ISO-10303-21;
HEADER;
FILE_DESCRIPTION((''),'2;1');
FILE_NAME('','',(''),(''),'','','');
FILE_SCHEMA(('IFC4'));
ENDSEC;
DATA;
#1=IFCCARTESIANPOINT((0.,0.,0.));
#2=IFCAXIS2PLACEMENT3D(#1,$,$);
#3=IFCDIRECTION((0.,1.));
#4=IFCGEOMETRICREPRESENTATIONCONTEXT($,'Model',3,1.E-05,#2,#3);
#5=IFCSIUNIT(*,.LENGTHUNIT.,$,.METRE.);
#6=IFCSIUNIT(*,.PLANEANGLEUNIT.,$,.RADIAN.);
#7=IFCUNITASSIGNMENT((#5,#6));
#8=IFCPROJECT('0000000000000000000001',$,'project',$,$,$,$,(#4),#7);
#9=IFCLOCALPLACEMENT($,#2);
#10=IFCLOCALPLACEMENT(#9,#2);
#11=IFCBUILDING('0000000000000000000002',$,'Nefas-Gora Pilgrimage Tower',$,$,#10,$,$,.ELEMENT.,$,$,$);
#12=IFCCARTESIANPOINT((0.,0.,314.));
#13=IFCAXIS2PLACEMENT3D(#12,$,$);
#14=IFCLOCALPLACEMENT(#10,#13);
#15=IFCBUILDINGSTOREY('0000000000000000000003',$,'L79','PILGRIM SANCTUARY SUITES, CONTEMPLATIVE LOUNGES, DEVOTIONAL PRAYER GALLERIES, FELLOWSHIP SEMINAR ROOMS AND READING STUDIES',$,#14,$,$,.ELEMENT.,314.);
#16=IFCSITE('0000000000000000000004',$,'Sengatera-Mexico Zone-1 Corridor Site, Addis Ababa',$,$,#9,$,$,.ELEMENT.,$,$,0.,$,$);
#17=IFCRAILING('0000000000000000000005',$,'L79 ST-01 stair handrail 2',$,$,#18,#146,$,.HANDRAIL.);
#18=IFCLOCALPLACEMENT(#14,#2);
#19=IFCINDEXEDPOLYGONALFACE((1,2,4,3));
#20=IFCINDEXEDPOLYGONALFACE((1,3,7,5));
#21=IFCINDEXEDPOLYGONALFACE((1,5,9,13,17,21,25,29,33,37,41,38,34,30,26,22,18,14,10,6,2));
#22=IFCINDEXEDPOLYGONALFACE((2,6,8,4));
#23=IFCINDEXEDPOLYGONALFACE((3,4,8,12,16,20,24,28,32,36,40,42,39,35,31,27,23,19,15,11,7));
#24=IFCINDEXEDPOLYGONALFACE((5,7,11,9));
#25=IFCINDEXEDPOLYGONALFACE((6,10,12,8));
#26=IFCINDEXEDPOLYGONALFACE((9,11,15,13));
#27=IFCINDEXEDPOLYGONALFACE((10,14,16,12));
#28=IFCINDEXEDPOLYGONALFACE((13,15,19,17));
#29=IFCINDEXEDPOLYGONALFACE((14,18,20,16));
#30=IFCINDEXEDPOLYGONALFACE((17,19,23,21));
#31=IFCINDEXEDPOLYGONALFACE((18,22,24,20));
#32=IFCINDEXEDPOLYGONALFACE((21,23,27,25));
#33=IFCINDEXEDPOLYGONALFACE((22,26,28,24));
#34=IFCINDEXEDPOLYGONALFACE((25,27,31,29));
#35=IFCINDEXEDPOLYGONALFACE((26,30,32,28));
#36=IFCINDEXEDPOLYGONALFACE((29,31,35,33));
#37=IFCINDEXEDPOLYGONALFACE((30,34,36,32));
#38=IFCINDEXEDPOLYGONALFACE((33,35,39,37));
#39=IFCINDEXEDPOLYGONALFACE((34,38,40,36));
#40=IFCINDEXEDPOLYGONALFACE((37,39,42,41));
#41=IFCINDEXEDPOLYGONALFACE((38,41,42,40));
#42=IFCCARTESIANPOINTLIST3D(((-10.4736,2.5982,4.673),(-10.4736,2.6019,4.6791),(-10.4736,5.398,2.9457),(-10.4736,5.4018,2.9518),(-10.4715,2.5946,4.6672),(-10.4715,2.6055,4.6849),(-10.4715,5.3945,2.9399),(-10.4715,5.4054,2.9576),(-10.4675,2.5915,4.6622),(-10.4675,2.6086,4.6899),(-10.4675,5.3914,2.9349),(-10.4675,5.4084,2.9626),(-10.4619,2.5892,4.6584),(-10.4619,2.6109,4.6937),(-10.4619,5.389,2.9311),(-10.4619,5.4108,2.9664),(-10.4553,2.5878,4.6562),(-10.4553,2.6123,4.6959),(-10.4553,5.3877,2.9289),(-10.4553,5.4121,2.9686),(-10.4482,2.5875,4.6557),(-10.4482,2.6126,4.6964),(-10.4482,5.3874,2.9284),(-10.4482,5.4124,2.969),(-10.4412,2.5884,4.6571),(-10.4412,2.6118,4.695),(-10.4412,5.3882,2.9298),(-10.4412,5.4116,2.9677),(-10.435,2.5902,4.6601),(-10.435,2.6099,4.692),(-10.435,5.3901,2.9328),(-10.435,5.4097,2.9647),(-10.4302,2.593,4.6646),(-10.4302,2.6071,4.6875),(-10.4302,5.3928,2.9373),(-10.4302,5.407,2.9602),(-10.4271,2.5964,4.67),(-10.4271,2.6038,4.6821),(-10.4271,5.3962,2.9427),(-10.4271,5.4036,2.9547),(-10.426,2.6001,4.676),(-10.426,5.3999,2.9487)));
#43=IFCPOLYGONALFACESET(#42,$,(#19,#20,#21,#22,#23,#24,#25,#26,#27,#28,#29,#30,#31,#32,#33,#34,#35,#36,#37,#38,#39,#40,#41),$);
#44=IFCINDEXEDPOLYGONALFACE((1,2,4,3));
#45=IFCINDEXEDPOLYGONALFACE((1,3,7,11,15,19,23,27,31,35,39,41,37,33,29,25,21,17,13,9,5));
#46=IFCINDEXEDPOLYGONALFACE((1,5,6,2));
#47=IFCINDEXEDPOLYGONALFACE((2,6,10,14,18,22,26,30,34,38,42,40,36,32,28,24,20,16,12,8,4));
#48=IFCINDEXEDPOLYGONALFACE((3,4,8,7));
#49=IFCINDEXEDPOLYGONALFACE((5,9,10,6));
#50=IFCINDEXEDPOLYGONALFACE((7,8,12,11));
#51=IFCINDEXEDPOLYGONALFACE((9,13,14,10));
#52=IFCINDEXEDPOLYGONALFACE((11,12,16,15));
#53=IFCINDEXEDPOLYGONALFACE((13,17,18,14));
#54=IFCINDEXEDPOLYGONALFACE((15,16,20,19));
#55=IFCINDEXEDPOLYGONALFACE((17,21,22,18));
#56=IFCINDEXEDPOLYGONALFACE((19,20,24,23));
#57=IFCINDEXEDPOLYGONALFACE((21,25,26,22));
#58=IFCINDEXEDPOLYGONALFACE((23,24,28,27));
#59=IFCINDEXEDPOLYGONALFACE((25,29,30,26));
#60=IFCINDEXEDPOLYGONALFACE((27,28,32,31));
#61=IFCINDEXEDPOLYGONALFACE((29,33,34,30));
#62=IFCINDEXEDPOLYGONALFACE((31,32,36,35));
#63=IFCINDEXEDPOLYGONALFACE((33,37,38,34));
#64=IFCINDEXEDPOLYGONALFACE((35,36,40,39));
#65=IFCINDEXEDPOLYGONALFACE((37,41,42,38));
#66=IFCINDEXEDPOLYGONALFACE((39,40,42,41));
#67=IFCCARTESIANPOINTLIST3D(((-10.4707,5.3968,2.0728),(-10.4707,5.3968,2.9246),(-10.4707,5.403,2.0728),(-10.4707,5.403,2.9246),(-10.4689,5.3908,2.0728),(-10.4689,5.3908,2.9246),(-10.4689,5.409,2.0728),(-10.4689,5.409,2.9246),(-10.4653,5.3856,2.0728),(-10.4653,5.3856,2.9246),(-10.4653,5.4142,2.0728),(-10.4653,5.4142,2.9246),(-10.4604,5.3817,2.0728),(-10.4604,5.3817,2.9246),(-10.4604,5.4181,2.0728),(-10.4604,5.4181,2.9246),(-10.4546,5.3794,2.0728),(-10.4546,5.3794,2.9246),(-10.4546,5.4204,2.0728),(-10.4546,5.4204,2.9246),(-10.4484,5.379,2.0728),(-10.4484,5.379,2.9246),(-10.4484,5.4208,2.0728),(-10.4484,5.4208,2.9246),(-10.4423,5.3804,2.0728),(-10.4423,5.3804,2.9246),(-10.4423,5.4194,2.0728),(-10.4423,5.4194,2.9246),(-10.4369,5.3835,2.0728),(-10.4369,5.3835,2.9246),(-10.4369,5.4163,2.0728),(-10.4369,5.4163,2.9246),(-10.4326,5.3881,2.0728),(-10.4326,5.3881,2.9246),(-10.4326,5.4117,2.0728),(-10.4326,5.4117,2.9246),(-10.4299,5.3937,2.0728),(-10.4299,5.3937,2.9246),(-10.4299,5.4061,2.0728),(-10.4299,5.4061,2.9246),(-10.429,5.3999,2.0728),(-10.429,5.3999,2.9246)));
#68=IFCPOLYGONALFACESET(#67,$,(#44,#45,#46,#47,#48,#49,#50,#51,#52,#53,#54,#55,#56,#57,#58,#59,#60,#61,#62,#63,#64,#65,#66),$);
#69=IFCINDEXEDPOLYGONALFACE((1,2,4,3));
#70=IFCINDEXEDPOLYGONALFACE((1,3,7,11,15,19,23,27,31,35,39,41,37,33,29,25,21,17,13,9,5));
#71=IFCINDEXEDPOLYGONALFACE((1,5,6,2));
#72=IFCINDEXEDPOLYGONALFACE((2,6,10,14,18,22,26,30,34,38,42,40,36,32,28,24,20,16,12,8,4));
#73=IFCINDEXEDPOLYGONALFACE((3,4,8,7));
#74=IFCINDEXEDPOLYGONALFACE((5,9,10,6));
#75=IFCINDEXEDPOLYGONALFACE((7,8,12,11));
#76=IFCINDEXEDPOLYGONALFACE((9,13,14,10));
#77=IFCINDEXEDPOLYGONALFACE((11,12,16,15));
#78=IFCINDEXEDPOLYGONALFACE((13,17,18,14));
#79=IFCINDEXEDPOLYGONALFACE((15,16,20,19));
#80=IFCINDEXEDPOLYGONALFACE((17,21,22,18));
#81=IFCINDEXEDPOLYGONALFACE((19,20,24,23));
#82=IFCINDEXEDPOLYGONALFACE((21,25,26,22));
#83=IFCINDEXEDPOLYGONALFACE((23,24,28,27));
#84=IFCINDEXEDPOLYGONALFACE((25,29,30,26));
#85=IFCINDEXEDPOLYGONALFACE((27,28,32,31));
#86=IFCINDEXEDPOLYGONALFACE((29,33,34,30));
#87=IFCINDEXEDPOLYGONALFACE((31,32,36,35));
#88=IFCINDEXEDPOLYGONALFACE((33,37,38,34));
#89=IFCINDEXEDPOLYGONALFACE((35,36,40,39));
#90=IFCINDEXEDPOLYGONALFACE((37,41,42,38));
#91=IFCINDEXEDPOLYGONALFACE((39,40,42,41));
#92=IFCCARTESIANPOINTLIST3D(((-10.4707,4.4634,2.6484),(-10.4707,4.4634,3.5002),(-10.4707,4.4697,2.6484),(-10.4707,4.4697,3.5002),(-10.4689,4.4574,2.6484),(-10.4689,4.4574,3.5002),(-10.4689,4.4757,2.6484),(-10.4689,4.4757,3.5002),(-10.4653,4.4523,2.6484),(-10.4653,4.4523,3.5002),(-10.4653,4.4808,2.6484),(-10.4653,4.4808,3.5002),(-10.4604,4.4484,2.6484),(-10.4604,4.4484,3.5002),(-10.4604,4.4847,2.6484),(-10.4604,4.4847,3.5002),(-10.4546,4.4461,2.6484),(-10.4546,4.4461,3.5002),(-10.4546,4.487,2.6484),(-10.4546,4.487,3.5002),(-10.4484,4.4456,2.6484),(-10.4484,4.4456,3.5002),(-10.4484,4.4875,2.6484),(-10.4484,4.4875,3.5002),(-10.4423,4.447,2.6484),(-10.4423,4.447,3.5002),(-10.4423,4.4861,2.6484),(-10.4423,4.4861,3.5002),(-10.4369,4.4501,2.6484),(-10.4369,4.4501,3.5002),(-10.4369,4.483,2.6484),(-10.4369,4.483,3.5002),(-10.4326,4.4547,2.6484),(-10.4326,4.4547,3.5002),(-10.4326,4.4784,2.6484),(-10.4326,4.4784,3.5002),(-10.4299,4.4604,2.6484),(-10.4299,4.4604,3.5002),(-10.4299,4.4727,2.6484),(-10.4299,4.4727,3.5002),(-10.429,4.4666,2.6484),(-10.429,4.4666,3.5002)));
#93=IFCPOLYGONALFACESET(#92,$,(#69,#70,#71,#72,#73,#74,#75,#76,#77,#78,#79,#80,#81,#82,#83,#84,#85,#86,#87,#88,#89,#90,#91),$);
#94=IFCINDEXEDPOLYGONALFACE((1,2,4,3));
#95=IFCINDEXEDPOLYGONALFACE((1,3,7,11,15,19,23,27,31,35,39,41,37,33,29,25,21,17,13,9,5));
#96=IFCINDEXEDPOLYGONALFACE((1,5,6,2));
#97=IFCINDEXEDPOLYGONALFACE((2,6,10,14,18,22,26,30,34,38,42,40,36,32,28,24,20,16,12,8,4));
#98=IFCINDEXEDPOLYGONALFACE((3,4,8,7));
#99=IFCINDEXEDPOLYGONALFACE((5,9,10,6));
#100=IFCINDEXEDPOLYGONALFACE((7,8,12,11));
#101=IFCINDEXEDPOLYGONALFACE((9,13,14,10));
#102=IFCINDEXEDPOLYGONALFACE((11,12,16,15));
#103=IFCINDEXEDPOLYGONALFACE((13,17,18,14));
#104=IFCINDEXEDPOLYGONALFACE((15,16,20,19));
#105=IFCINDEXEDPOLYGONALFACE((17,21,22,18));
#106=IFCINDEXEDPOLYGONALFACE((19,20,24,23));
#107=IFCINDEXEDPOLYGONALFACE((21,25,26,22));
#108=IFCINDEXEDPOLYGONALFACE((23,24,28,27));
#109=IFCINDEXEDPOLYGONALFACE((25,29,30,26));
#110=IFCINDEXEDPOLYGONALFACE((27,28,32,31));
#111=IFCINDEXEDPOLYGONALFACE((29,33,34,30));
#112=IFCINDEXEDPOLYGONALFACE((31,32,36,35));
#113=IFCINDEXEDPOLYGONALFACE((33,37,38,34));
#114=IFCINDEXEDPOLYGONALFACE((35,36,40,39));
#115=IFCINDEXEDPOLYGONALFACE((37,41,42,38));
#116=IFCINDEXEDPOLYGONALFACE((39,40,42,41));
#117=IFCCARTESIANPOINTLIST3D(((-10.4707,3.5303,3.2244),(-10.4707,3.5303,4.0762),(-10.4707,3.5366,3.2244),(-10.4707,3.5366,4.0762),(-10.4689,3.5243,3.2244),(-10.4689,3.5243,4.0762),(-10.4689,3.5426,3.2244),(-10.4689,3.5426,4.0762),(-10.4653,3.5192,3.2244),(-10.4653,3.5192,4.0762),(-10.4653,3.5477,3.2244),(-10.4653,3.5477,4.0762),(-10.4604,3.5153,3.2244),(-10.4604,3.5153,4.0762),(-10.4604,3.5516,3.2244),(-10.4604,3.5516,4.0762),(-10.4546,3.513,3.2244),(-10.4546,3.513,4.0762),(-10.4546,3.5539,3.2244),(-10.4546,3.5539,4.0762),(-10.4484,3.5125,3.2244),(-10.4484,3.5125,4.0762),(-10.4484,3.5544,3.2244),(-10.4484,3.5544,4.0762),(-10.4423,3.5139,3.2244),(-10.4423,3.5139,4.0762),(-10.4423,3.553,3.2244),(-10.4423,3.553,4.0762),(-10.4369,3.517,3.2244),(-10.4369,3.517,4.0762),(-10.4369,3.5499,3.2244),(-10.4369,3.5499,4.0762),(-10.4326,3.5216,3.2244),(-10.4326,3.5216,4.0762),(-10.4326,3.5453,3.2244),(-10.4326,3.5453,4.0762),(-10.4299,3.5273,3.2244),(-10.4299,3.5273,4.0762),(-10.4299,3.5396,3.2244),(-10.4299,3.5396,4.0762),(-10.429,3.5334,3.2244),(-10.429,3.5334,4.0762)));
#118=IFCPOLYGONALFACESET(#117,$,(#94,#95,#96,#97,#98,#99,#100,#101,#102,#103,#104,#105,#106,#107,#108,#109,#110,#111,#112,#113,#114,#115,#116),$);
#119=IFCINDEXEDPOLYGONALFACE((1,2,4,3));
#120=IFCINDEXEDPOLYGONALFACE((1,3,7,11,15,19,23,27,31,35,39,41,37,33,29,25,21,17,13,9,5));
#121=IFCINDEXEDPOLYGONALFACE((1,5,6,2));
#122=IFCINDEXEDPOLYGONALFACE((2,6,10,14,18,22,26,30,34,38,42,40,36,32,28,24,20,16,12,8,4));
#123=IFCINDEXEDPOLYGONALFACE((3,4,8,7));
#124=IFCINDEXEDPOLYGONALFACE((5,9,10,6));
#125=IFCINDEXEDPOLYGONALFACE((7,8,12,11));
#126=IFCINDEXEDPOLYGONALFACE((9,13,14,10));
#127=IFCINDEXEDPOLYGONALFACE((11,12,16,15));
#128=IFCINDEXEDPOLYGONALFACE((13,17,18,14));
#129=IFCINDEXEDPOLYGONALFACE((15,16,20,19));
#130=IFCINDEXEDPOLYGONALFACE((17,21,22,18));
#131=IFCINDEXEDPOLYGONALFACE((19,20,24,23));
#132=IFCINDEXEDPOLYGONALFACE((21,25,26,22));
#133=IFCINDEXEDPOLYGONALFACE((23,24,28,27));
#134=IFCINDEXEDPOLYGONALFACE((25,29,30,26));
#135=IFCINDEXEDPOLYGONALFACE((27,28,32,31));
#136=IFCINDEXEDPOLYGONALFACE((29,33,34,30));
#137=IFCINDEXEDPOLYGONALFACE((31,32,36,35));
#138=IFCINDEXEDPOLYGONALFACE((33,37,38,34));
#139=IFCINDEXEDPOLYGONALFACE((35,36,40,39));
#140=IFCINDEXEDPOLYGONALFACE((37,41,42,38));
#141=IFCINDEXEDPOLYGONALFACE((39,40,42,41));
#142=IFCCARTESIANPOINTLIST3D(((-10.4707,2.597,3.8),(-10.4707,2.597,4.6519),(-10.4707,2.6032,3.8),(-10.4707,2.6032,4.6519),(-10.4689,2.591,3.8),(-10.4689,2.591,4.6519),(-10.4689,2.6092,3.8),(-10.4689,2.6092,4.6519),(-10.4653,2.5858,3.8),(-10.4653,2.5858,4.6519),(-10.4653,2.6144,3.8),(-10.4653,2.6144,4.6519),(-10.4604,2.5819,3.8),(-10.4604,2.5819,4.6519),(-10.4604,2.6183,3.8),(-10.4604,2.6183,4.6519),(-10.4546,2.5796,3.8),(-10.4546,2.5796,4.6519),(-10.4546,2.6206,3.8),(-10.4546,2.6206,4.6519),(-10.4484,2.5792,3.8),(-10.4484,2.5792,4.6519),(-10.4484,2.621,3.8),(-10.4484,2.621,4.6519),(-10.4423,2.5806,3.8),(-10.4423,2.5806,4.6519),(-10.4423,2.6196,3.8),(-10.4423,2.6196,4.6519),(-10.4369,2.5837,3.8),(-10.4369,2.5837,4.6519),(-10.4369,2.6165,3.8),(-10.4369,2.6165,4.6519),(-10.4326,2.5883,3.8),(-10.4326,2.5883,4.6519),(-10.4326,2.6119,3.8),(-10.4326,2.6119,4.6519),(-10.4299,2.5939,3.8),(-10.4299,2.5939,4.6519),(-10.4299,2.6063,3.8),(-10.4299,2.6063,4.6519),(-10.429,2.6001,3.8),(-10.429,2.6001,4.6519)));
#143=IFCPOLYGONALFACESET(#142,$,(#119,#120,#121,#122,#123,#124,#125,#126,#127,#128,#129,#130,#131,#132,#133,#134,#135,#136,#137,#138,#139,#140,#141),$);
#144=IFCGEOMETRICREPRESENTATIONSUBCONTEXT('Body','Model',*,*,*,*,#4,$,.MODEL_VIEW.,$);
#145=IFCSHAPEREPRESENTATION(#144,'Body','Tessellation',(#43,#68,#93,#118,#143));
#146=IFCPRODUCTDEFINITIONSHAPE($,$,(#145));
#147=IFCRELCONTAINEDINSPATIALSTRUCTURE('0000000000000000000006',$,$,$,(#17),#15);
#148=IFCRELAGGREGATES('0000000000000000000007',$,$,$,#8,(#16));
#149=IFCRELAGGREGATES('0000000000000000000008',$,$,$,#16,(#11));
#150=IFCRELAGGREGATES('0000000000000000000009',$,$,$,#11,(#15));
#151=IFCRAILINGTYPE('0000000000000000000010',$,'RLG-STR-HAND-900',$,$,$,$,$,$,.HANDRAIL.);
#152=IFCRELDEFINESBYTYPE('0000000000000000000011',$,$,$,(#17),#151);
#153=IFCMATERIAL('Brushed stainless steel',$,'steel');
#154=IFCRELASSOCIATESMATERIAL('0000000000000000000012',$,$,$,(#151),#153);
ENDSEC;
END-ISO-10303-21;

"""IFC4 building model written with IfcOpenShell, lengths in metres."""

from ifc_helpers import new_model, si_unit, direction, frame, origin, origin_2d, place, context, subcontext, project, spatial, circle, extrude, material, type_object, element, save


model = new_model("IFC4")

# Units and contexts
model_context = context("Model", 3, precision=1e-05, world=origin(), true_north=direction((0.0, 1.0)))
body_context = subcontext(model_context, "Body", "Model", "MODEL_VIEW")
ifc_project = project(units=[si_unit("LENGTHUNIT", "METRE"), si_unit("PLANEANGLEUNIT", "RADIAN")], contexts=[model_context])

# Site, building, storey
site_placement = place(None, origin())
site = spatial("IfcSite", under=ifc_project, at=site_placement, Name="Sengatera-Mexico Zone-1 Corridor Site, Addis Ababa", CompositionType="ELEMENT", RefElevation=0.0)
building_placement = place(site_placement, origin())
building = spatial("IfcBuilding", under=site, at=building_placement, Name="Nefas-Gora Pilgrimage Tower", CompositionType="ELEMENT")
storey_placement = place(building_placement, frame((0.0, 0.0, 314.0)))
storey = spatial("IfcBuildingStorey", under=building, at=storey_placement, Name="L79", Description="PILGRIM SANCTUARY SUITES, CONTEMPLATIVE LOUNGES, DEVOTIONAL PRAYER GALLERIES, FELLOWSHIP SEMINAR ROOMS AND READING STUDIES", CompositionType="ELEMENT", Elevation=314.0)

# Railing
ifc_material_1 = material(Name="Brushed stainless steel", Category="steel")
railing_type_1 = type_object("IfcRailingType", Name="RLG-STR-HAND-900", PredefinedType="HANDRAIL", material=ifc_material_1)
railing_1_placement = place(storey_placement, frame((-10.45, 5.3999, 2.0728)))
element("IfcRailing", 1, at=railing_1_placement, inside=storey, type_object=railing_type_1, Name="L79 ST-01 stair handrail 2", PredefinedType="HANDRAIL", context=body_context, shape_type="SweptSolid", body=[
    extrude(circle(Radius=0.0239, at=origin_2d()), frame((0.0, 0.0, 0.876), z_axis=(0.0, -0.851069, 0.525054), x_axis=(1.0, 0.0, 0.0)), (0.0, 0.0, 1.0), 3.2898),
    extrude(circle(Radius=0.021, at=origin_2d()), origin(), (0.0, 0.0, 1.0), 0.8518),
    extrude(circle(Radius=0.021, at=origin_2d()), frame((0.0, -0.9333, 0.5757)), (0.0, 0.0, 1.0), 0.8518),
    extrude(circle(Radius=0.021, at=origin_2d()), frame((0.0, -1.8665, 1.1516)), (0.0, 0.0, 1.0), 0.8518),
    extrude(circle(Radius=0.021, at=origin_2d()), frame((0.0, -2.7998, 1.7273)), (0.0, 0.0, 1.0), 0.8518),
])

save(model, "model.ifc")
